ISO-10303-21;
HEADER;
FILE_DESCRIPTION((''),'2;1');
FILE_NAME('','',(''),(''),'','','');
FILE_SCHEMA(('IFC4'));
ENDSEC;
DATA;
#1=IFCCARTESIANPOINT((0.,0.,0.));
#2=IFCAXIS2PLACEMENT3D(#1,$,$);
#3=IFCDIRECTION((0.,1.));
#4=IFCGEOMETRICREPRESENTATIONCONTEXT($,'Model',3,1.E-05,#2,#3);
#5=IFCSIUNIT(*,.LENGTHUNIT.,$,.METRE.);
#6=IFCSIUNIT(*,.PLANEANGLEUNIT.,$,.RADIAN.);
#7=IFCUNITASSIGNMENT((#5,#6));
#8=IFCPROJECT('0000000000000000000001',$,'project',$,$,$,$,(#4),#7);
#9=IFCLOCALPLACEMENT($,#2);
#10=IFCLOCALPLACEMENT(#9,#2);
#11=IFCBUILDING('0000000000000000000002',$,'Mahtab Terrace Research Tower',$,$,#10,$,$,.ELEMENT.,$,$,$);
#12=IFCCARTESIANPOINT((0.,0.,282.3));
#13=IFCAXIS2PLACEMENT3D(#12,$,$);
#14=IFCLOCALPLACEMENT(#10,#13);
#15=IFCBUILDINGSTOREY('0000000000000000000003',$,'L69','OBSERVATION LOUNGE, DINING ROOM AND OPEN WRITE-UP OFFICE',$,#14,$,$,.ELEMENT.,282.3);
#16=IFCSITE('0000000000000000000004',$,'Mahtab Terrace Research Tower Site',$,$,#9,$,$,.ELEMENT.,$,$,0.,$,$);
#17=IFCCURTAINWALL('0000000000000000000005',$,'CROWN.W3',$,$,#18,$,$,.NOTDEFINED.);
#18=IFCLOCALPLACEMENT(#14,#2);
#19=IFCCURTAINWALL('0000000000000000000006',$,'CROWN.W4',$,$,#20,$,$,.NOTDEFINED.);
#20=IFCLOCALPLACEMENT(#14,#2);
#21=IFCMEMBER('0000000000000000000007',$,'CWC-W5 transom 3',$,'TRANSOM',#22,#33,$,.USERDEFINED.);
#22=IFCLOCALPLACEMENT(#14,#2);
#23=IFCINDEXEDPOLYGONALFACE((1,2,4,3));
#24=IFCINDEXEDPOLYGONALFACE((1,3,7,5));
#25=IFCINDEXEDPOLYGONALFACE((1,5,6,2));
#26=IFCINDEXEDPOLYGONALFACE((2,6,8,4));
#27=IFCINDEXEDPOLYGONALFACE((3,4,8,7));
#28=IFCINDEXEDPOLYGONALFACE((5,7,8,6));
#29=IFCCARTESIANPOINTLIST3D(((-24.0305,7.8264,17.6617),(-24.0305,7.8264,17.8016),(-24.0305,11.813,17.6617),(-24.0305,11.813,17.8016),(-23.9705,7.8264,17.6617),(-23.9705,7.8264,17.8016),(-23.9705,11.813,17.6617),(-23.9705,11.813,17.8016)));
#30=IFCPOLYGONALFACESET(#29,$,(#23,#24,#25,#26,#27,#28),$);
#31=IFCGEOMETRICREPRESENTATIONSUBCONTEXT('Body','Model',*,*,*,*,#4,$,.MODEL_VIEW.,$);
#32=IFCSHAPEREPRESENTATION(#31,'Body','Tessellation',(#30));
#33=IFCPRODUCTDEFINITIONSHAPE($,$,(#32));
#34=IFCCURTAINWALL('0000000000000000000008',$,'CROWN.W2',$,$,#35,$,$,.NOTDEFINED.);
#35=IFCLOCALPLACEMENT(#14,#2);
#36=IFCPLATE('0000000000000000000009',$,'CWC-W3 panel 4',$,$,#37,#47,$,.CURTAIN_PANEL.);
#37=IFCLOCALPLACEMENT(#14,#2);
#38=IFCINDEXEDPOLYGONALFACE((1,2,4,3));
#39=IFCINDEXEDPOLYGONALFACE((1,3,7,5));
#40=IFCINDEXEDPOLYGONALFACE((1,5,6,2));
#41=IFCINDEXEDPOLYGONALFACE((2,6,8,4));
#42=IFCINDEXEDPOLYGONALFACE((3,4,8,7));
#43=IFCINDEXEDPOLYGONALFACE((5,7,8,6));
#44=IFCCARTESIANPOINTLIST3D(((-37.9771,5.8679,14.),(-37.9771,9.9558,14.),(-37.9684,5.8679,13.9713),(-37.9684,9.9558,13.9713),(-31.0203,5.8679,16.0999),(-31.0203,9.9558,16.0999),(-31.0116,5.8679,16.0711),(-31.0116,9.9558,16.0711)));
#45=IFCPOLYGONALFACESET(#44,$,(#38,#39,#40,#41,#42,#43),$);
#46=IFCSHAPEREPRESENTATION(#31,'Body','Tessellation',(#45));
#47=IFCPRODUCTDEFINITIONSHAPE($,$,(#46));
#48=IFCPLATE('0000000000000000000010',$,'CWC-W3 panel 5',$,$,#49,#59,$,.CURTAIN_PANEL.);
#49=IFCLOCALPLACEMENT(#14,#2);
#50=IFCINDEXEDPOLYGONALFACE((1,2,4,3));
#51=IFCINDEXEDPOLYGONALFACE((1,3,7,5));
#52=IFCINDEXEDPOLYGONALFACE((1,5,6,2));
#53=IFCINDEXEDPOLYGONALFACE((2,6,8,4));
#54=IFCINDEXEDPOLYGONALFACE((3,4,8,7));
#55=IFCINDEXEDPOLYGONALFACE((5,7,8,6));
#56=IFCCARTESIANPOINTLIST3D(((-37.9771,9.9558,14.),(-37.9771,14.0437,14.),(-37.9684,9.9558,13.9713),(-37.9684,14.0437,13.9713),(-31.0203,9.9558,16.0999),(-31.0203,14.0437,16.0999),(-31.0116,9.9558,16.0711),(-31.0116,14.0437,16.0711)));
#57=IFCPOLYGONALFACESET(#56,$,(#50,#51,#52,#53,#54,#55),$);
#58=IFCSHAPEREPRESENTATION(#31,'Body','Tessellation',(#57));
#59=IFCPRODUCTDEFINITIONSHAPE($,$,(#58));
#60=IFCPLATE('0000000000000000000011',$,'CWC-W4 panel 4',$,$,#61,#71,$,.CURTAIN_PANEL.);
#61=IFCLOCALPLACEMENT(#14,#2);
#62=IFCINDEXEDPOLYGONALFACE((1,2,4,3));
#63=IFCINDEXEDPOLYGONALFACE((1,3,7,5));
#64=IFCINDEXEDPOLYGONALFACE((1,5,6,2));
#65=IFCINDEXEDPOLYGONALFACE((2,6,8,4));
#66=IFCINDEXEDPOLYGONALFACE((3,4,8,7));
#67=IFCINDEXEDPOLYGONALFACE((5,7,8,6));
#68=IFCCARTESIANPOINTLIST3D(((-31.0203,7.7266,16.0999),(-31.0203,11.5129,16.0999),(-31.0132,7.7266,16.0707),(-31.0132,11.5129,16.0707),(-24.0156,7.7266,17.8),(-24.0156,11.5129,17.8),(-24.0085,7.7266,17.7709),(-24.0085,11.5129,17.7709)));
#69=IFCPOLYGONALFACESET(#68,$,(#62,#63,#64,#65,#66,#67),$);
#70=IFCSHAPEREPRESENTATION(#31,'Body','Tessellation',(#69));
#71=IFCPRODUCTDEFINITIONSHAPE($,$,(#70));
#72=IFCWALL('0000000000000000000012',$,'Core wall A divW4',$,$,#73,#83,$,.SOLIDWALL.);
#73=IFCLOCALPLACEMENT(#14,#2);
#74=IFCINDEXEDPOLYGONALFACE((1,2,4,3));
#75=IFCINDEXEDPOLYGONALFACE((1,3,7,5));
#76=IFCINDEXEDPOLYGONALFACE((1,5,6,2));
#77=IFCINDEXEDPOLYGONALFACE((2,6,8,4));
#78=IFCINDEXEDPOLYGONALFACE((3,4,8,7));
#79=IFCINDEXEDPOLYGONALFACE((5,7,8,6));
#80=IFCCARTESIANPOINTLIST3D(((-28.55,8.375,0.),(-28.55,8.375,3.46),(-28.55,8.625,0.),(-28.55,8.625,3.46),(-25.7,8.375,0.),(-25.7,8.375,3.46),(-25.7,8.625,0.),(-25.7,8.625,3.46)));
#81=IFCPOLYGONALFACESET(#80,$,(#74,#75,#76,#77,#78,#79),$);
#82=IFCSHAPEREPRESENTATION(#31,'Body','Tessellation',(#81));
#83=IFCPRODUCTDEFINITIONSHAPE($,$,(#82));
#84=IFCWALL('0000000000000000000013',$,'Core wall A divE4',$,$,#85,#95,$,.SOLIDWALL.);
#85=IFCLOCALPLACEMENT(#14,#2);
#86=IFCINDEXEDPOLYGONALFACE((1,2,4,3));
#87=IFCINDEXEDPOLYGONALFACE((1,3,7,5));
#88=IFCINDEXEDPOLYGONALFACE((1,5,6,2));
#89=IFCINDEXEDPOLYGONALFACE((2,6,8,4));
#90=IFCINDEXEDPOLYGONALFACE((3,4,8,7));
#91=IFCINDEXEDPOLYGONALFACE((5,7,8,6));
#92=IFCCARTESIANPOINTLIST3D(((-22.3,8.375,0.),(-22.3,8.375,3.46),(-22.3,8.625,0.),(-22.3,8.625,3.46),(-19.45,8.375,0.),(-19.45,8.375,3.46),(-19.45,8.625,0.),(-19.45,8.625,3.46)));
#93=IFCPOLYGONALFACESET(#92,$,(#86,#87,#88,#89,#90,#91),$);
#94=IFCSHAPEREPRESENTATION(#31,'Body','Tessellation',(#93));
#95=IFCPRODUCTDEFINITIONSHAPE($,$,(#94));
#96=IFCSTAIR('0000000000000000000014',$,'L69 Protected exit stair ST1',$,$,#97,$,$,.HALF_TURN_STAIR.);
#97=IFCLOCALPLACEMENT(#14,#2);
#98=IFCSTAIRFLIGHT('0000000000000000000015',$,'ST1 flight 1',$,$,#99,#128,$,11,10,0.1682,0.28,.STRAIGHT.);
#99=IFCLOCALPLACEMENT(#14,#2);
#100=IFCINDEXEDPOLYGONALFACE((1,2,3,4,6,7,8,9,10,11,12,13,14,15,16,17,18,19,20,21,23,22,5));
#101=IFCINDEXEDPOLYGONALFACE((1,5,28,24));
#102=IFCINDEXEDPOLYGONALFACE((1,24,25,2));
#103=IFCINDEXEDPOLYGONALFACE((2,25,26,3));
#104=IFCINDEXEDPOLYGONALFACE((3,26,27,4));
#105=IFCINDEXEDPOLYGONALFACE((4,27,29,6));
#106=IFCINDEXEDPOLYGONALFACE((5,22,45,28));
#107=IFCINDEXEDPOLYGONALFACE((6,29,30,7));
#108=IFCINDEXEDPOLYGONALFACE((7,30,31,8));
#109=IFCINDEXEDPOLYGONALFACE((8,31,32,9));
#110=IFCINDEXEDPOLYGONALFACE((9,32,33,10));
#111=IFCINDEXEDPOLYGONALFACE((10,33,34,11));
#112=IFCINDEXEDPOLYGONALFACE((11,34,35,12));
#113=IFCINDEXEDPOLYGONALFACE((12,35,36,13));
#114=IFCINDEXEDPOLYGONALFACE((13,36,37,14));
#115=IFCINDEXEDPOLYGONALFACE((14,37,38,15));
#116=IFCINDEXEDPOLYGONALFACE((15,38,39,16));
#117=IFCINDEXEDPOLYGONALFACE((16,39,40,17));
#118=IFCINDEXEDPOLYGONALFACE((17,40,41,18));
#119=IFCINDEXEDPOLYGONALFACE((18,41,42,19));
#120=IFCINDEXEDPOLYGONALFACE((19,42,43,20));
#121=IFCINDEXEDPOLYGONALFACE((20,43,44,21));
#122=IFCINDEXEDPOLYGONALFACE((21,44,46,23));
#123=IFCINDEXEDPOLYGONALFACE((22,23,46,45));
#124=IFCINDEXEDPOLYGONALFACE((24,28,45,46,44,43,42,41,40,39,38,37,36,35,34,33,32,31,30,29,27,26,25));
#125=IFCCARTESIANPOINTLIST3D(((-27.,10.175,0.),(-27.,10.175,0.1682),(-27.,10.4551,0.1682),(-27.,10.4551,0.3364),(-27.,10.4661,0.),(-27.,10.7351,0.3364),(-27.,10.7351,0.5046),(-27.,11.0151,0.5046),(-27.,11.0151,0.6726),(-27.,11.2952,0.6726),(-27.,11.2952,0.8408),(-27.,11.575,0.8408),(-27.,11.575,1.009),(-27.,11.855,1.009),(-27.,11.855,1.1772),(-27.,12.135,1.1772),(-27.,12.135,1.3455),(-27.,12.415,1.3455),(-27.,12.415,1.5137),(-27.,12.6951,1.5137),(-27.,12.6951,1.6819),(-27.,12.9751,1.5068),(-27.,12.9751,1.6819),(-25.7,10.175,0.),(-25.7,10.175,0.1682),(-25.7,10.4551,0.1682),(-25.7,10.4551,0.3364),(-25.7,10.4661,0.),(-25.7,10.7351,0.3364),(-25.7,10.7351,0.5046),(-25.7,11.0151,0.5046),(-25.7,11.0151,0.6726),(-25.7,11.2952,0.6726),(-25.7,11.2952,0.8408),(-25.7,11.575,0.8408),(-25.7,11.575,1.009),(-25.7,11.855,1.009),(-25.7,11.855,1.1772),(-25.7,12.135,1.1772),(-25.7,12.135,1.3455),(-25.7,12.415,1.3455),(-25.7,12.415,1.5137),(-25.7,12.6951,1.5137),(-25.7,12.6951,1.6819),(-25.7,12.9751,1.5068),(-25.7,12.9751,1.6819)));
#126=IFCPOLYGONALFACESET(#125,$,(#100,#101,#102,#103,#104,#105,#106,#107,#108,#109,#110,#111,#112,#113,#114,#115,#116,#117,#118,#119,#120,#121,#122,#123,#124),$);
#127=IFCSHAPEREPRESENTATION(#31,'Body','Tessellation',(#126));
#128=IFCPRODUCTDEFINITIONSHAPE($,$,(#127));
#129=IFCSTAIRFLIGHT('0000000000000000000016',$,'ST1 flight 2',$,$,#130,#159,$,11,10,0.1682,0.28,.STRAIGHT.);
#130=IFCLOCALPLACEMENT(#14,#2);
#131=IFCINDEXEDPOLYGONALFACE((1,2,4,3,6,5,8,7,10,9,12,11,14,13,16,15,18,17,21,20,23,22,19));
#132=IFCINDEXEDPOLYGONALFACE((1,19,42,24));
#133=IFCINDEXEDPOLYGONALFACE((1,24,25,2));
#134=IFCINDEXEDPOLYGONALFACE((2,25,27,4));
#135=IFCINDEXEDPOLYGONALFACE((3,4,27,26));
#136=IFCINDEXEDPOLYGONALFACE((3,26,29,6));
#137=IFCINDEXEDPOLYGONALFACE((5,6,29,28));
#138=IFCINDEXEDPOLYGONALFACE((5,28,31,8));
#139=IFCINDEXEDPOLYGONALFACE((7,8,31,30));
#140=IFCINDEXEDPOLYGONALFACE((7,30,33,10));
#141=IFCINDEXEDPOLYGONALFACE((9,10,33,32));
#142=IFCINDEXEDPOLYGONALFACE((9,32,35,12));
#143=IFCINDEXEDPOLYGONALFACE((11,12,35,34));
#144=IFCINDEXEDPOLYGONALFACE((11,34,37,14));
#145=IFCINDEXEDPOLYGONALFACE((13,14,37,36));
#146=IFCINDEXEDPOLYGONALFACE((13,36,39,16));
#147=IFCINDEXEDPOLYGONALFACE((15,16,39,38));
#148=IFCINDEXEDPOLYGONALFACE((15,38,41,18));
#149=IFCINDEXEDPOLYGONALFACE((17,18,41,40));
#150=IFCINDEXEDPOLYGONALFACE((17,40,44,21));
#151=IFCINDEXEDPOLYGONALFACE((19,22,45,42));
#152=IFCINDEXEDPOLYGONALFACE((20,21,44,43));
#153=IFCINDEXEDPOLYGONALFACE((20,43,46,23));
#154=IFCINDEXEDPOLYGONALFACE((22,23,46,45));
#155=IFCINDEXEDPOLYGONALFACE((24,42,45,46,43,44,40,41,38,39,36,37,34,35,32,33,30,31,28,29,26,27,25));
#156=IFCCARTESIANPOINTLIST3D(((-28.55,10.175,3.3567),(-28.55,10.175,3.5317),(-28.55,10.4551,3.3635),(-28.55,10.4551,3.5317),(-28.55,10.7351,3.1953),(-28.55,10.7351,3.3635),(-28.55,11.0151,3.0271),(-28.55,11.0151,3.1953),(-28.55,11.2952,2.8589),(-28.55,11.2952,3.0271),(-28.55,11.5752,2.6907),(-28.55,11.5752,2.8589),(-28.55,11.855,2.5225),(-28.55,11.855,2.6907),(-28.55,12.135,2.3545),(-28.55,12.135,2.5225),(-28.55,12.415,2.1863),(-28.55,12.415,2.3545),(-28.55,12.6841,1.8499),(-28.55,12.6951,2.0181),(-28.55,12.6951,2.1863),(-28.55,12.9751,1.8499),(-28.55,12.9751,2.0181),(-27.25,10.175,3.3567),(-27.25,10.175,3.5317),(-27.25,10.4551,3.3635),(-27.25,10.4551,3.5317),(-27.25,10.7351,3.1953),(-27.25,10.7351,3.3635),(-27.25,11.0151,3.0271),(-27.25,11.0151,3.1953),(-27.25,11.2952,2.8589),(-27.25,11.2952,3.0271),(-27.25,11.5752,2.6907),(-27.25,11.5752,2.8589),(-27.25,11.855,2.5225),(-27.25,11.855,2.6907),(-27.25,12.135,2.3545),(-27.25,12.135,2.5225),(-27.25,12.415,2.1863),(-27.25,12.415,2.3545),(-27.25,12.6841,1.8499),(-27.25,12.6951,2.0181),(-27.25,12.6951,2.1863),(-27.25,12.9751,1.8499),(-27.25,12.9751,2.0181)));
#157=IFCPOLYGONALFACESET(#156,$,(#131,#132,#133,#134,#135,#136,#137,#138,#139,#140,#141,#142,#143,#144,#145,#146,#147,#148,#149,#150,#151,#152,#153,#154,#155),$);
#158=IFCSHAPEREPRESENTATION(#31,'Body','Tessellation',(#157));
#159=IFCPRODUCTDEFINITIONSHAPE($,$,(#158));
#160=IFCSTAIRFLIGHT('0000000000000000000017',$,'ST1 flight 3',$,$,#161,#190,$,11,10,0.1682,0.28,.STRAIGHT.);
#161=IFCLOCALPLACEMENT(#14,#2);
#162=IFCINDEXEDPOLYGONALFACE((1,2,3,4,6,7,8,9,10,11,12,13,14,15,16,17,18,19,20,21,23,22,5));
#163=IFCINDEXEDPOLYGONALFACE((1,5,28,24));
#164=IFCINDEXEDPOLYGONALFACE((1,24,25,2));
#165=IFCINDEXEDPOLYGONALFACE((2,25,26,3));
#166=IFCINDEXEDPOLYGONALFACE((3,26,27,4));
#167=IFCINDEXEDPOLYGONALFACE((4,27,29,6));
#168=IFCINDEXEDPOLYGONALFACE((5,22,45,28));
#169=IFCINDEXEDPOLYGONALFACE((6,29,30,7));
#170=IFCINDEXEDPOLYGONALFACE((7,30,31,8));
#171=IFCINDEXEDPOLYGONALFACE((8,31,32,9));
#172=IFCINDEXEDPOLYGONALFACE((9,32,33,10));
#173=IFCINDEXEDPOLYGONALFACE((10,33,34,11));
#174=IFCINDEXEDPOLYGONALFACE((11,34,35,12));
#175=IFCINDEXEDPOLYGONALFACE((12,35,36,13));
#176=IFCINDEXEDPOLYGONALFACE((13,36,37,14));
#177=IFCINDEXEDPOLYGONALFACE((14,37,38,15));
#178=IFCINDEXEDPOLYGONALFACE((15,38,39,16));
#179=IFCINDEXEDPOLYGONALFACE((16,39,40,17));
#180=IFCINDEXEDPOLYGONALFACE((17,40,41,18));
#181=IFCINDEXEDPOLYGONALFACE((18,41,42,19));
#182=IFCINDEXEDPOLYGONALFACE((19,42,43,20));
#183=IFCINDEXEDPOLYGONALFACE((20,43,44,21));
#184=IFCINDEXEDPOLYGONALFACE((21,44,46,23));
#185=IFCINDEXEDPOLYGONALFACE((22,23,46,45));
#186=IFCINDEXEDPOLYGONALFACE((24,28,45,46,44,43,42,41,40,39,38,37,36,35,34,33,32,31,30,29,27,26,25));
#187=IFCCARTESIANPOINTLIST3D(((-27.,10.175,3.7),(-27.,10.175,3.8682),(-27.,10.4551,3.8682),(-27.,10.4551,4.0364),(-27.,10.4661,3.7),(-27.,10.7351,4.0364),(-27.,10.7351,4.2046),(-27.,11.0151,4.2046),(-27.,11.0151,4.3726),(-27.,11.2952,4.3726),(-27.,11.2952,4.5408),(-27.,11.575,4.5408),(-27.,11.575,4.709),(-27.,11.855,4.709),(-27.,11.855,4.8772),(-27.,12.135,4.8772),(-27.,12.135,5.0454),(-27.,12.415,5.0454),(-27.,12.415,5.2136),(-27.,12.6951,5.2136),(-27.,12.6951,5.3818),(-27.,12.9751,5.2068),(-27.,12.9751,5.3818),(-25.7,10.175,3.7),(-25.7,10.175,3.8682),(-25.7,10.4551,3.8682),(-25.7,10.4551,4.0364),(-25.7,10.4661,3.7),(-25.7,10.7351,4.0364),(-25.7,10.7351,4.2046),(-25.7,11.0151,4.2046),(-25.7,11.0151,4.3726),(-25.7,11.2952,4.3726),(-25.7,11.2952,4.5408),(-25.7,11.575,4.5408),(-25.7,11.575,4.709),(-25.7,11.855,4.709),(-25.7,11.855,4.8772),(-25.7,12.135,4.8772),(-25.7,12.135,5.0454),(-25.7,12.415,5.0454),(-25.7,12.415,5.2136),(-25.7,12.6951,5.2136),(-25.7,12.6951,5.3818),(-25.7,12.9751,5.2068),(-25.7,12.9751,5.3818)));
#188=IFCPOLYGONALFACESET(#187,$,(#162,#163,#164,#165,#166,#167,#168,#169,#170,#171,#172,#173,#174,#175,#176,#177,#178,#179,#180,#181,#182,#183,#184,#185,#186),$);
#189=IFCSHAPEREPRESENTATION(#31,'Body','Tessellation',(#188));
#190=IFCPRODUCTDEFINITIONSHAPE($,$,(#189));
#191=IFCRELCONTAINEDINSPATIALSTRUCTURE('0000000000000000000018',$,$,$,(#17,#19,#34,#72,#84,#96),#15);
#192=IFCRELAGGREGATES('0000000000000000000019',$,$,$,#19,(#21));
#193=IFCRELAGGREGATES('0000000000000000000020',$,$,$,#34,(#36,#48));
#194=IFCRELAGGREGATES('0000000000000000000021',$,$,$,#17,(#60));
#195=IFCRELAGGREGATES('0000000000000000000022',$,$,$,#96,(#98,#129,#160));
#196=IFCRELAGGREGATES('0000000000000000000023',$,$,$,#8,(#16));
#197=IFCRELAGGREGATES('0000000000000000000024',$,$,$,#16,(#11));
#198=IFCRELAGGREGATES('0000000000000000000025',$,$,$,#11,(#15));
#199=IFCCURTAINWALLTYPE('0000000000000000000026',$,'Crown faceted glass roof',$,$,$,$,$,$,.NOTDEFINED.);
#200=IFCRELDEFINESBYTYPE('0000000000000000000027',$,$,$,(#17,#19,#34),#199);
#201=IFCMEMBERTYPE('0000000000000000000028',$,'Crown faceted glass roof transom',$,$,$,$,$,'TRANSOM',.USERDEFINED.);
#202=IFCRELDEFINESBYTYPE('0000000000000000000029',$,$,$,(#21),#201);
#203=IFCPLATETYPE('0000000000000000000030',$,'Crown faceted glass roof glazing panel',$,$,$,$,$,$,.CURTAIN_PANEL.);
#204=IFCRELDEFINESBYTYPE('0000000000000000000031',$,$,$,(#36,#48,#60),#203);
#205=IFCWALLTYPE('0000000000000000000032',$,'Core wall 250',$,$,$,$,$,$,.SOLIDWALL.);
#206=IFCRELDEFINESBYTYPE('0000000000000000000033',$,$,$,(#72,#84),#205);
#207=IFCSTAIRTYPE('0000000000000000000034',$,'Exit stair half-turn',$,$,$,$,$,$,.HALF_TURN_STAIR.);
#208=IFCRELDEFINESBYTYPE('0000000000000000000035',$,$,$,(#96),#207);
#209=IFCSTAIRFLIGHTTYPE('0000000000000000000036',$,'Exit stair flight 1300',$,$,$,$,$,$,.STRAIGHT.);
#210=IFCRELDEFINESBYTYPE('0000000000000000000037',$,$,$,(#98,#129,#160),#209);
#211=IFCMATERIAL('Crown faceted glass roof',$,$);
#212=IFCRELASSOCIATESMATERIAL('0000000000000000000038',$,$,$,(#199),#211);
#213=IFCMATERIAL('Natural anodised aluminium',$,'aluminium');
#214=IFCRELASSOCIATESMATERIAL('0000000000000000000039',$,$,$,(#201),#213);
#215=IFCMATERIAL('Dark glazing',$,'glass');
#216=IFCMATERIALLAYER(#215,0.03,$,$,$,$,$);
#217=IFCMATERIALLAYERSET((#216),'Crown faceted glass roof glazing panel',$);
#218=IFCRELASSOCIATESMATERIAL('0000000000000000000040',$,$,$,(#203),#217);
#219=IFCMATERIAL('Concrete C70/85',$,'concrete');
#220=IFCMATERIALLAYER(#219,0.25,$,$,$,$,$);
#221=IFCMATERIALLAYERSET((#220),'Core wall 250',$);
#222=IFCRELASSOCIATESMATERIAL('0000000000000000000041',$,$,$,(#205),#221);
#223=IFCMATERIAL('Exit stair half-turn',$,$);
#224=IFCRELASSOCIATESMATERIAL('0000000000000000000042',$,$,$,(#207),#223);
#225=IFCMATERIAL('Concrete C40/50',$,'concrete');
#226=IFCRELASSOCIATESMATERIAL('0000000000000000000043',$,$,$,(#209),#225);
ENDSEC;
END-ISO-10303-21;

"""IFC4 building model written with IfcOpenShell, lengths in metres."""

from ifc_helpers import new_model, si_unit, direction, frame, frame_2d, origin, origin_2d, place, context, subcontext, project, spatial, polyline, rectangle, outline, extrude, material, layer, layer_set, material_profile, profile_set, type_object, element, aggregate, save


model = new_model("IFC4")

# Units and contexts
model_context = context("Model", 3, precision=1e-05, world=origin(), true_north=direction((0.0, 1.0)))
body_context = subcontext(model_context, "Body", "Model", "MODEL_VIEW")
ifc_project = project(units=[si_unit("LENGTHUNIT", "METRE"), si_unit("PLANEANGLEUNIT", "RADIAN")], contexts=[model_context])

# Site, building, storey
site_placement = place(None, origin())
site = spatial("IfcSite", under=ifc_project, at=site_placement, Name="Mahtab Terrace Research Tower Site", CompositionType="ELEMENT", RefElevation=0.0)
building_placement = place(site_placement, origin())
building = spatial("IfcBuilding", under=site, at=building_placement, Name="Mahtab Terrace Research Tower", CompositionType="ELEMENT")
storey_placement = place(building_placement, frame((0.0, 0.0, 282.3)))
storey = spatial("IfcBuildingStorey", under=building, at=storey_placement, Name="L69", Description="OBSERVATION LOUNGE, DINING ROOM AND OPEN WRITE-UP OFFICE", CompositionType="ELEMENT", Elevation=282.3)

# Shared definitions
ifc_material_1 = material(Name="Concrete C70/85", Category="concrete")

# Shared definitions
ifc_material_2 = material(Name="Crown faceted glass roof")
curtain_wall_type = type_object("IfcCurtainWallType", Name="Crown faceted glass roof", PredefinedType="NOTDEFINED", material=ifc_material_2)
ifc_material_3 = material(Name="Natural anodised aluminium", Category="aluminium")

# Curtain walls
curtain_wall_1_placement = place(storey_placement, origin())
curtain_wall_1 = element("IfcCurtainWall", 1, at=curtain_wall_1_placement, inside=storey, type_object=curtain_wall_type, Name="CROWN.W3", PredefinedType="NOTDEFINED")
curtain_wall_2_placement = place(storey_placement, origin())
curtain_wall_2 = element("IfcCurtainWall", 2, at=curtain_wall_2_placement, inside=storey, type_object=curtain_wall_type, Name="CROWN.W4", PredefinedType="NOTDEFINED")

# Member
ifc_material_profile_1 = material_profile(ifc_material_3, rectangle(XDim=0.0601, YDim=0.1399, at=origin_2d()), Name="TRANSOM 60x140")
ifc_profile_set_1 = profile_set([ifc_material_profile_1], Name="Natural anodised aluminium")
member_type_1 = type_object("IfcMemberType", Name="Crown faceted glass roof transom", ElementType="TRANSOM", PredefinedType="USERDEFINED", material=ifc_profile_set_1)
member_1_placement = place(storey_placement, frame((-24.0005, 7.8264, 17.7317), z_axis=(0.0, 1.0, 0.0), x_axis=(-1.0, 0.0, 0.0)))
member_1 = element("IfcMember", 3, at=member_1_placement, type_object=member_type_1, Name="CWC-W5 transom 3", ObjectType="TRANSOM", PredefinedType="USERDEFINED", context=body_context, shape_type="SweptSolid", body=[
    extrude(rectangle(XDim=0.0601, YDim=0.1399, at=origin_2d()), origin(), (0.0, 0.0, 1.0), 3.9866),
])
aggregate(curtain_wall_2, [member_1])

# Curtain wall, plates
curtain_wall_3_placement = place(storey_placement, origin())
curtain_wall_3 = element("IfcCurtainWall", 4, at=curtain_wall_3_placement, inside=storey, type_object=curtain_wall_type, Name="CROWN.W2", PredefinedType="NOTDEFINED")
ifc_material_4 = material(Name="Dark glazing", Category="glass")
ifc_layer_1 = layer(ifc_material_4, 0.03)
ifc_layer_set_1 = layer_set([ifc_layer_1], Name="Crown faceted glass roof glazing panel")
plate_type = type_object("IfcPlateType", Name="Crown faceted glass roof glazing panel", PredefinedType="CURTAIN_PANEL", material=ifc_layer_set_1)
plate_1_placement = place(storey_placement, frame((-31.0203, 5.8679, 16.0999), z_axis=(-0.288966, 0.0, 0.957339), x_axis=(0.0, 1.0, 0.0)))
plate_1 = element("IfcPlate", 5, at=plate_1_placement, type_object=plate_type, Name="CWC-W3 panel 4", PredefinedType="CURTAIN_PANEL", context=body_context, shape_type="SweptSolid", body=[
    extrude(outline(polyline([(0.0, 0.0), (4.0879, 0.0), (4.0879, 7.2668), (0.0, 7.2668), (0.0, 0.0)])), origin(), (0.0, 0.0, -1.0), 0.03),
])
plate_2_placement = place(storey_placement, frame((-31.0203, 9.9558, 16.0999), z_axis=(-0.288966, 0.0, 0.957339), x_axis=(0.0, 1.0, 0.0)))
plate_2 = element("IfcPlate", 6, at=plate_2_placement, type_object=plate_type, Name="CWC-W3 panel 5", PredefinedType="CURTAIN_PANEL", context=body_context, shape_type="SweptSolid", body=[
    extrude(outline(polyline([(0.0, 0.0), (4.0879, 0.0), (4.0879, 7.2668), (0.0, 7.2668), (0.0, 0.0)])), origin(), (0.0, 0.0, -1.0), 0.03),
])
aggregate(curtain_wall_3, [plate_1, plate_2])

# Plate
plate_3_placement = place(storey_placement, frame((-24.0156, 7.7266, 17.8), z_axis=(-0.235875, 0.0, 0.971783), x_axis=(0.0, 1.0, 0.0)))
plate_3 = element("IfcPlate", 7, at=plate_3_placement, type_object=plate_type, Name="CWC-W4 panel 4", PredefinedType="CURTAIN_PANEL", context=body_context, shape_type="SweptSolid", body=[
    extrude(outline(polyline([(0.0, 0.0), (3.7864, 0.0), (3.7864, 7.208), (0.0, 7.208), (0.0, 0.0)])), origin(), (0.0, 0.0, -1.0), 0.03),
])
aggregate(curtain_wall_1, [plate_3])

# Walls
ifc_layer_2 = layer(ifc_material_1, 0.25)
ifc_layer_set_2 = layer_set([ifc_layer_2], Name="Core wall 250")
wall_type = type_object("IfcWallType", Name="Core wall 250", PredefinedType="SOLIDWALL", material=ifc_layer_set_2)
for number, where, z_axis, x_axis, name in (
    (8, (-28.55, 8.5, 0.0), (0.0, 0.0, 1.0), (1.0, 0.0, 0.0), "Core wall A divW4"),
    (9, (-22.3, 8.5, 0.0), (0.0, 0.0, 1.0), (1.0, 0.0, 0.0), "Core wall A divE4"),
):
    element("IfcWall", number, at=place(storey_placement, frame(where, z_axis=z_axis, x_axis=x_axis)), inside=storey, type_object=wall_type, Name=name, PredefinedType="SOLIDWALL", context=body_context, shape_type="SweptSolid", body=[
        extrude(rectangle(XDim=2.8501, YDim=0.25, at=frame_2d((1.425, 0.0))), origin(), (0.0, 0.0, 1.0), 3.46),
    ])

# Stair, stair flights
ifc_material_5 = material(Name="Exit stair half-turn")
stair_type = type_object("IfcStairType", Name="Exit stair half-turn", PredefinedType="HALF_TURN_STAIR", material=ifc_material_5)
stair_placement = place(storey_placement, origin())
stair = element("IfcStair", 10, at=stair_placement, inside=storey, type_object=stair_type, Name="L69 Protected exit stair ST1", PredefinedType="HALF_TURN_STAIR")
ifc_material_6 = material(Name="Concrete C40/50", Category="concrete")
stair_flight_type = type_object("IfcStairFlightType", Name="Exit stair flight 1300", PredefinedType="STRAIGHT", material=ifc_material_6)
stair_flight_1_placement = place(storey_placement, frame((-26.3501, 10.175, 0.0), z_axis=(0.0, 0.0, 1.0), x_axis=(0.0, 1.0, 0.0)))
stair_flight_1 = element("IfcStairFlight", 11, at=stair_flight_1_placement, type_object=stair_flight_type, Name="ST1 flight 1", NumberOfRisers=11, NumberOfTreads=10, PredefinedType="STRAIGHT", RiserHeight=0.1682, TreadLength=0.28, context=body_context, shape_type="SweptSolid", body=[
    extrude(outline(polyline([(0.0, 0.0), (0.0, 0.1682), (0.28, 0.1682), (0.28, 0.3364), (0.5601, 0.3364), (0.5601, 0.5046), (0.8401, 0.5046), (0.8401, 0.6726), (1.1201, 0.6726), (1.1201, 0.8408), (1.3999, 0.8408), (1.3999, 1.009), (1.6799, 1.009), (1.6799, 1.1772), (1.96, 1.1772), (1.96, 1.3455), (2.24, 1.3455), (2.24, 1.5137), (2.52, 1.5137), (2.52, 1.6819), (2.8, 1.6819), (2.8, 1.8501), (2.8, 1.5068), (0.291, 0.0), (0.0, 0.0)])), frame((0.0, 0.6499, 0.0), z_axis=(0.0, -1.0, 0.0), x_axis=(1.0, 0.0, 0.0)), (0.0, 0.0, 1.0), 1.3),
])
stair_flight_2_placement = place(storey_placement, frame((-27.8999, 12.9751, 1.8499), z_axis=(0.0, 0.0, 1.0), x_axis=(0.0, -1.0, 0.0)))
stair_flight_2 = element("IfcStairFlight", 12, at=stair_flight_2_placement, type_object=stair_flight_type, Name="ST1 flight 2", NumberOfRisers=11, NumberOfTreads=10, PredefinedType="STRAIGHT", RiserHeight=0.1682, TreadLength=0.28, context=body_context, shape_type="SweptSolid", body=[
    extrude(outline(polyline([(0.0, 0.0), (0.0, 0.1682), (0.28, 0.1682), (0.28, 0.3364), (0.5601, 0.3364), (0.5601, 0.5046), (0.8401, 0.5046), (0.8401, 0.6726), (1.1201, 0.6726), (1.1201, 0.8408), (1.3999, 0.8408), (1.3999, 1.009), (1.6799, 1.009), (1.6799, 1.1772), (1.96, 1.1772), (1.96, 1.3455), (2.24, 1.3455), (2.24, 1.5137), (2.52, 1.5137), (2.52, 1.6819), (2.8, 1.6819), (2.8, 1.8501), (2.8, 1.5068), (0.291, 0.0), (0.0, 0.0)])), frame((0.0, 0.6499, 0.0), z_axis=(0.0, -1.0, 0.0), x_axis=(1.0, 0.0, 0.0)), (0.0, 0.0, 1.0), 1.3),
])
stair_flight_3_placement = place(storey_placement, frame((-26.3501, 10.175, 3.7), z_axis=(0.0, 0.0, 1.0), x_axis=(0.0, 1.0, 0.0)))
stair_flight_3 = element("IfcStairFlight", 13, at=stair_flight_3_placement, type_object=stair_flight_type, Name="ST1 flight 3", NumberOfRisers=11, NumberOfTreads=10, PredefinedType="STRAIGHT", RiserHeight=0.1682, TreadLength=0.28, context=body_context, shape_type="SweptSolid", body=[
    extrude(outline(polyline([(0.0, 0.0), (0.0, 0.1682), (0.28, 0.1682), (0.28, 0.3364), (0.5601, 0.3364), (0.5601, 0.5046), (0.8401, 0.5046), (0.8401, 0.6726), (1.1201, 0.6726), (1.1201, 0.8408), (1.3999, 0.8408), (1.3999, 1.009), (1.6799, 1.009), (1.6799, 1.1772), (1.96, 1.1772), (1.96, 1.3455), (2.24, 1.3455), (2.24, 1.5137), (2.52, 1.5137), (2.52, 1.6819), (2.8, 1.6819), (2.8, 1.8501), (2.8, 1.5068), (0.291, 0.0), (0.0, 0.0)])), frame((0.0, 0.6499, 0.0), z_axis=(0.0, -1.0, 0.0), x_axis=(1.0, 0.0, 0.0)), (0.0, 0.0, 1.0), 1.3),
])
aggregate(stair, [stair_flight_1, stair_flight_2, stair_flight_3])

save(model, "model.ifc")
